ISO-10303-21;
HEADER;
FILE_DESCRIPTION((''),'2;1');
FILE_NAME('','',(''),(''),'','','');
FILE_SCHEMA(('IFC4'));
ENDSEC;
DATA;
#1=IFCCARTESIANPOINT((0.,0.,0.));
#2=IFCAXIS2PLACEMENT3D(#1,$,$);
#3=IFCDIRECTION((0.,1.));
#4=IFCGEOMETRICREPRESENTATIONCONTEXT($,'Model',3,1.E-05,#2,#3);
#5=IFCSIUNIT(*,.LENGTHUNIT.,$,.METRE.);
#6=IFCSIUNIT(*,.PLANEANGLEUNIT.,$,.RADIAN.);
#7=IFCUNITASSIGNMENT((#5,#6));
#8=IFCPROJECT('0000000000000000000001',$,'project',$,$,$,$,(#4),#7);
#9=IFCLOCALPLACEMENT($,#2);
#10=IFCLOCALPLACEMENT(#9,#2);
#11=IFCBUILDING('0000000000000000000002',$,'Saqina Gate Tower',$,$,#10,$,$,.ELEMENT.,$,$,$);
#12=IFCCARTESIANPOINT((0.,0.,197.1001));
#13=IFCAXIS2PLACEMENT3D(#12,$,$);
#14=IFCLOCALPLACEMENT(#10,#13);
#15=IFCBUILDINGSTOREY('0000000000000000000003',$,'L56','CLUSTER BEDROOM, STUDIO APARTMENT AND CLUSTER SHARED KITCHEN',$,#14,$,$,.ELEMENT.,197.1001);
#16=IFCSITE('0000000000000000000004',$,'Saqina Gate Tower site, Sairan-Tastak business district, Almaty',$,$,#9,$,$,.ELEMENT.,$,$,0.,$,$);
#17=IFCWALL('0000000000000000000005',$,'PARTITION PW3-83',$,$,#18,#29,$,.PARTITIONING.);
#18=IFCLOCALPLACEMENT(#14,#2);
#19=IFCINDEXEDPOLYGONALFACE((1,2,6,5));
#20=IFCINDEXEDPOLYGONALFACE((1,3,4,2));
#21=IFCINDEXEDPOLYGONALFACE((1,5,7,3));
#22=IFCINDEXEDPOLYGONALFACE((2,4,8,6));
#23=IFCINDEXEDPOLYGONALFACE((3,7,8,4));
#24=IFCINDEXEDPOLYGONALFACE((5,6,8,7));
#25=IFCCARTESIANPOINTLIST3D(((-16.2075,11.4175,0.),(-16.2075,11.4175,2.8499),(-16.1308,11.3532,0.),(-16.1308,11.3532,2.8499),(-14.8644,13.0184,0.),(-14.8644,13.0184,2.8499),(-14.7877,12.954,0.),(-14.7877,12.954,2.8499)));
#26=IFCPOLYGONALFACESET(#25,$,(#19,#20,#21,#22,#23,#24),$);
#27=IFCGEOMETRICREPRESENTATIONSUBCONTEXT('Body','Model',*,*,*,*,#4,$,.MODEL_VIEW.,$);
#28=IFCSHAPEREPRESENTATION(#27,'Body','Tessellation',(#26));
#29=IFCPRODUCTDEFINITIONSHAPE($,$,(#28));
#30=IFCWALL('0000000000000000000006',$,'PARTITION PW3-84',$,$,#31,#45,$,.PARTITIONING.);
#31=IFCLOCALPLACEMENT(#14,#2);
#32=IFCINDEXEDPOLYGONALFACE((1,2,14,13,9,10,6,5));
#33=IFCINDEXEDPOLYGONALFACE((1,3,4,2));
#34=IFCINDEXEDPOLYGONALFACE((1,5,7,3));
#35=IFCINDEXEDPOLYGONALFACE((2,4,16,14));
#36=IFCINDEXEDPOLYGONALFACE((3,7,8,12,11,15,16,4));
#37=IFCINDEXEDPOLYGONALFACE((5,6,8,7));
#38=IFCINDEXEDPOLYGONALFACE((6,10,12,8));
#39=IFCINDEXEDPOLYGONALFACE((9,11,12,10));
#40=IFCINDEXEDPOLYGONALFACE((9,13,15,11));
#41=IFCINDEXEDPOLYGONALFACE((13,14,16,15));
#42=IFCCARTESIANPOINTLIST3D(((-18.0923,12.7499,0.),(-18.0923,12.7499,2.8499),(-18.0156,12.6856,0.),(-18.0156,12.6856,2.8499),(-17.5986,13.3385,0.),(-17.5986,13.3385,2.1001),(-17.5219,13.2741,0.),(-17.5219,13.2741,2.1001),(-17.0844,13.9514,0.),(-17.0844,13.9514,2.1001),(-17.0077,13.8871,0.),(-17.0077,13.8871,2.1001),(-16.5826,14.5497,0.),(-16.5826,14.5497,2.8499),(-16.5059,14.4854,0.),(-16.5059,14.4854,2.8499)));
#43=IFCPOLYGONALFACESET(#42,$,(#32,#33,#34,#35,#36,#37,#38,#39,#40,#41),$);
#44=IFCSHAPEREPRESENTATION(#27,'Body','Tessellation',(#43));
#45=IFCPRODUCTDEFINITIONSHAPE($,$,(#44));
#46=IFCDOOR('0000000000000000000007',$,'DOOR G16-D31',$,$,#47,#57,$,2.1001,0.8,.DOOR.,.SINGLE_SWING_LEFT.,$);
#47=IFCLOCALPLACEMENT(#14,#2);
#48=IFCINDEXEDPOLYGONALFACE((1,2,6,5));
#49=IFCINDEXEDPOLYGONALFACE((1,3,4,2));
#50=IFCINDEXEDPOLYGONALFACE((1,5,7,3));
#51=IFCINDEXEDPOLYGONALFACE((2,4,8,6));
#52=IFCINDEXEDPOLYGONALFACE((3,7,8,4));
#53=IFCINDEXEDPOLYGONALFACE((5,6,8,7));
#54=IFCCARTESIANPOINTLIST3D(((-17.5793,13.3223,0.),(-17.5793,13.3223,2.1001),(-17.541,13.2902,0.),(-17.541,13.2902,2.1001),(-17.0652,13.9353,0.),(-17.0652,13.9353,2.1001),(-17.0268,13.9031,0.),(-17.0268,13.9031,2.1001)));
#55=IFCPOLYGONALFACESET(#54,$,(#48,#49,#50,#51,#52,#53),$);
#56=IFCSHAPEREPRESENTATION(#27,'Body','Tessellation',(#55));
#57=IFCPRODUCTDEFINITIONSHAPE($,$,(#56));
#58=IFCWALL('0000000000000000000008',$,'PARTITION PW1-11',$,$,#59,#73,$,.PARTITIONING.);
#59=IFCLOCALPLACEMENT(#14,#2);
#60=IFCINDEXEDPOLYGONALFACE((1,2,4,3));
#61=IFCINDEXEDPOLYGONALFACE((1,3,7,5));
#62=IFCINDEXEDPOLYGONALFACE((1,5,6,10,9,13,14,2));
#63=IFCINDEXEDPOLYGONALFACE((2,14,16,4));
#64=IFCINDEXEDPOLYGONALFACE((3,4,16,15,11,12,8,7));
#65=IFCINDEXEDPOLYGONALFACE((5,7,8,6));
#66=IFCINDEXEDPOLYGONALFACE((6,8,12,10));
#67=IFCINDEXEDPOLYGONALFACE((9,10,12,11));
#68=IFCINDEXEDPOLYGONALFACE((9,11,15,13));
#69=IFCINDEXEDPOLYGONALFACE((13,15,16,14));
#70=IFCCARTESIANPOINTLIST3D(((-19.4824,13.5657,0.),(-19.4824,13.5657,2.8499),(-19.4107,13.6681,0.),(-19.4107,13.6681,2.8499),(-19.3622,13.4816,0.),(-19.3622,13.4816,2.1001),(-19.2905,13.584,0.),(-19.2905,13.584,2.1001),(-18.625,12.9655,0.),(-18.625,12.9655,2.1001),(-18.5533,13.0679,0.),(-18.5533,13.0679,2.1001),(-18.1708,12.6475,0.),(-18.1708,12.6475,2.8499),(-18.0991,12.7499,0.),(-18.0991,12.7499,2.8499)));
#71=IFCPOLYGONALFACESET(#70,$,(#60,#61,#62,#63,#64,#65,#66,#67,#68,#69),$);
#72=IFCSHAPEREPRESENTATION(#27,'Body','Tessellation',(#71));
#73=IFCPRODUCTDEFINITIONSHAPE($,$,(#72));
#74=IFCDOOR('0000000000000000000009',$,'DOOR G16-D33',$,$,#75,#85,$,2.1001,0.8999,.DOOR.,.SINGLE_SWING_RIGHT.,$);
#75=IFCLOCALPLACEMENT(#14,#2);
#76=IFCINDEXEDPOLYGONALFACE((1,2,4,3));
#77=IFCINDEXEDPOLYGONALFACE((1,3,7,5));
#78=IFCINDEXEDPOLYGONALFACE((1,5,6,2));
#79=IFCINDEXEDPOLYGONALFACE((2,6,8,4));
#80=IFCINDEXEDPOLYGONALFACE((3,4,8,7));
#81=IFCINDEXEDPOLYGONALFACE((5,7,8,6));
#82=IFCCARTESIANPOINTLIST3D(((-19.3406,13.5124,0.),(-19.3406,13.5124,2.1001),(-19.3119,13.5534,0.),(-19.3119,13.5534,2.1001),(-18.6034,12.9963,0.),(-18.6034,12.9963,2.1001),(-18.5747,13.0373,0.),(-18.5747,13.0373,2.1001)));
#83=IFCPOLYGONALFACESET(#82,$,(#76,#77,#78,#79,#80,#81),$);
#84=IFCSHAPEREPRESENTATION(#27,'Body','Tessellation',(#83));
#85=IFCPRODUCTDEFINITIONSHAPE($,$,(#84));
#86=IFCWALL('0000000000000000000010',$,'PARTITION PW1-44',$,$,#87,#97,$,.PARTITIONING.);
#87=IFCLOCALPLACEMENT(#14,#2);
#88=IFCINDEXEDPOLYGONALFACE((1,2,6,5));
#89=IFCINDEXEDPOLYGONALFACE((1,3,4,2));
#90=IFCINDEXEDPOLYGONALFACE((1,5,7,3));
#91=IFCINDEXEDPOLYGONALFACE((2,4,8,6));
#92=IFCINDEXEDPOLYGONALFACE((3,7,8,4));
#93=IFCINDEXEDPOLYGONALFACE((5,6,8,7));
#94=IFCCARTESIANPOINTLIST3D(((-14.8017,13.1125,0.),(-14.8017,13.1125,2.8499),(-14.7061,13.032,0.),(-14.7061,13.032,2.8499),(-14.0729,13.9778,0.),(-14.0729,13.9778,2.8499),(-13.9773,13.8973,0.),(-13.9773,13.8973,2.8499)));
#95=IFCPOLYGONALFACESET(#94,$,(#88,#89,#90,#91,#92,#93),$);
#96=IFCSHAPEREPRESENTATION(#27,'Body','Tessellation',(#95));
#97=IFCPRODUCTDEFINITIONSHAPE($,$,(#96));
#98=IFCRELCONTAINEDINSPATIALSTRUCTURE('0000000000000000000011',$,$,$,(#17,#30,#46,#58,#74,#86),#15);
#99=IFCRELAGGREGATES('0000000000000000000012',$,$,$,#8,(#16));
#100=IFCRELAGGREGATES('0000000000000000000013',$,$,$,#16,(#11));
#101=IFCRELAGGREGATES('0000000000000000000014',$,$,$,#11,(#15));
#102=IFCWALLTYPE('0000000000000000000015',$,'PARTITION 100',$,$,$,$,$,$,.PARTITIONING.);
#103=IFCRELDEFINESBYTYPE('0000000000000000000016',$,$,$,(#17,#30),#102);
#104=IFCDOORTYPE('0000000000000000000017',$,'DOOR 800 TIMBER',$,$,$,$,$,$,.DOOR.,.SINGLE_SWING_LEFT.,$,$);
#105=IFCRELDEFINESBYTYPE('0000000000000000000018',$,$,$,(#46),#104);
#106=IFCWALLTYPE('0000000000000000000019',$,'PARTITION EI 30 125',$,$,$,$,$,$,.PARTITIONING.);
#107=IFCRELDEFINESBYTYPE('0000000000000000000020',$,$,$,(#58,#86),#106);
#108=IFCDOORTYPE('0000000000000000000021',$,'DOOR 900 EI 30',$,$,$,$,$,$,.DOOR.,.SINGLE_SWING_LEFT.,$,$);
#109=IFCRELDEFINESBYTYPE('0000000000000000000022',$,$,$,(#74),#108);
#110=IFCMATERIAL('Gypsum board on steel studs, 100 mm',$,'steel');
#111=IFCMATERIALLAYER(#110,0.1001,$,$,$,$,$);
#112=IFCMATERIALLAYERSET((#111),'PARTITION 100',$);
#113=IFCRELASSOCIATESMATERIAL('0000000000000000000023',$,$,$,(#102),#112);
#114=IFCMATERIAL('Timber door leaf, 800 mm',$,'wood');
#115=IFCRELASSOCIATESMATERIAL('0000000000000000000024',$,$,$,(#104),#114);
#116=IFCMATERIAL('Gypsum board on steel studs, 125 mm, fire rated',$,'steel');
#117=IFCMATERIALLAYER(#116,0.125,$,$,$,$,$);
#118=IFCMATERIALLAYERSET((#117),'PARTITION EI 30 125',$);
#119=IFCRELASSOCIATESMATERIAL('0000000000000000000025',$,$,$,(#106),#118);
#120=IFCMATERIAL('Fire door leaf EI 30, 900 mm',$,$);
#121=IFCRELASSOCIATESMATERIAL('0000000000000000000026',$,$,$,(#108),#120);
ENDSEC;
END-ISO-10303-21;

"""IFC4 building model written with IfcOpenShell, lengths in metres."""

from ifc_helpers import new_model, si_unit, direction, frame, frame_2d, origin, place, context, subcontext, project, spatial, rectangle, extrude, material, layer, layer_set, type_object, element, fill, save


model = new_model("IFC4")

# Units and contexts
model_context = context("Model", 3, precision=1e-05, world=origin(), true_north=direction((0.0, 1.0)))
body_context = subcontext(model_context, "Body", "Model", "MODEL_VIEW")
ifc_project = project(units=[si_unit("LENGTHUNIT", "METRE"), si_unit("PLANEANGLEUNIT", "RADIAN")], contexts=[model_context])

# Site, building, storey
site_placement = place(None, origin())
site = spatial("IfcSite", under=ifc_project, at=site_placement, Name="Saqina Gate Tower site, Sairan-Tastak business district, Almaty", CompositionType="ELEMENT", RefElevation=0.0)
building_placement = place(site_placement, origin())
building = spatial("IfcBuilding", under=site, at=building_placement, Name="Saqina Gate Tower", CompositionType="ELEMENT")
storey_placement = place(building_placement, frame((0.0, 0.0, 197.1001)))
storey = spatial("IfcBuildingStorey", under=building, at=storey_placement, Name="L56", Description="CLUSTER BEDROOM, STUDIO APARTMENT AND CLUSTER SHARED KITCHEN", CompositionType="ELEMENT", Elevation=197.1001)

# Shared definitions
ifc_material_1 = material(Name="Gypsum board on steel studs, 100 mm", Category="steel")
ifc_layer_1 = layer(ifc_material_1, 0.1001)
ifc_layer_set_1 = layer_set([ifc_layer_1], Name="PARTITION 100")
wall_type_1 = type_object("IfcWallType", Name="PARTITION 100", PredefinedType="PARTITIONING", material=ifc_layer_set_1)

# Wall
wall_1_placement = place(storey_placement, frame((-16.1692, 11.3853, 0.0), z_axis=(0.0, 0.0, 1.0), x_axis=(0.642721, 0.766101, 0.0)))
element("IfcWall", 1, at=wall_1_placement, inside=storey, type_object=wall_type_1, Name="PARTITION PW3-83", PredefinedType="PARTITIONING", context=body_context, shape_type="SweptSolid", body=[
    extrude(rectangle(XDim=2.0896, YDim=0.1001, at=frame_2d((1.0449, 0.0))), origin(), (0.0, 0.0, 1.0), 2.8499),
])

# Walls, openings, doors
wall_2_placement = place(storey_placement, frame((-18.054, 12.7178, 0.0), z_axis=(0.0, 0.0, 1.0), x_axis=(0.642675, 0.766139, 0.0)))
wall_2 = element("IfcWall", 2, at=wall_2_placement, inside=storey, type_object=wall_type_1, Name="PARTITION PW3-84", PredefinedType="PARTITIONING", context=body_context, shape_type="SweptSolid", body=[
    extrude(rectangle(XDim=2.3491, YDim=0.1001, at=frame_2d((1.1746, 0.0))), origin(), (0.0, 0.0, 1.0), 2.8499),
])
opening_1_placement = place(wall_2_placement, frame((0.7683, 0.0, 0.0)))
opening_1 = element("IfcOpeningElement", 3, at=opening_1_placement, cuts=wall_2, PredefinedType="OPENING", context=body_context, shape_type="SweptSolid", body=[
    extrude(rectangle(XDim=0.8, YDim=2.1001, at=frame_2d((0.3999, 1.05))), frame((0.0, 0.062, 0.0), z_axis=(0.0, -1.0, 0.0), x_axis=(1.0, 0.0, 0.0)), (0.0, 0.0, 1.0), 0.124),
])
ifc_material_2 = material(Name="Timber door leaf, 800 mm", Category="wood")
door_type_1 = type_object("IfcDoorType", Name="DOOR 800 TIMBER", OperationType="SINGLE_SWING_LEFT", PredefinedType="DOOR", material=ifc_material_2)
door_1_placement = place(opening_1_placement, origin())
door_1 = element("IfcDoor", 4, at=door_1_placement, inside=storey, type_object=door_type_1, Name="DOOR G16-D31", OperationType="SINGLE_SWING_LEFT", OverallHeight=2.1001, OverallWidth=0.8, PredefinedType="DOOR", context=body_context, shape_type="SweptSolid", body=[
    extrude(rectangle(XDim=0.8, YDim=2.1001, at=frame_2d((0.3999, 1.05))), frame((0.0, 0.0249, 0.0), z_axis=(0.0, -1.0, 0.0), x_axis=(1.0, 0.0, 0.0)), (0.0, 0.0, 1.0), 0.05),
])
fill(opening_1, door_1)
ifc_material_3 = material(Name="Gypsum board on steel studs, 125 mm, fire rated", Category="steel")
ifc_layer_2 = layer(ifc_material_3, 0.125)
ifc_layer_set_2 = layer_set([ifc_layer_2], Name="PARTITION EI 30 125")
wall_type_2 = type_object("IfcWallType", Name="PARTITION EI 30 125", PredefinedType="PARTITIONING", material=ifc_layer_set_2)
wall_3_placement = place(storey_placement, frame((-19.4465, 13.6169, 0.0), z_axis=(0.0, 0.0, 1.0), x_axis=(0.819189, -0.573524, 0.0)))
wall_3 = element("IfcWall", 5, at=wall_3_placement, inside=storey, type_object=wall_type_2, Name="PARTITION PW1-11", PredefinedType="PARTITIONING", context=body_context, shape_type="SweptSolid", body=[
    extrude(rectangle(XDim=1.6011, YDim=0.125, at=frame_2d((0.8005, 0.0))), origin(), (0.0, 0.0, 1.0), 2.8499),
])
opening_2_placement = place(wall_3_placement, frame((0.1467, 0.0, 0.0)))
opening_2 = element("IfcOpeningElement", 6, at=opening_2_placement, cuts=wall_3, PredefinedType="OPENING", context=body_context, shape_type="SweptSolid", body=[
    extrude(rectangle(XDim=0.8999, YDim=2.1001, at=frame_2d((0.45, 1.05))), frame((0.0, 0.0745, 0.0), z_axis=(0.0, -1.0, 0.0), x_axis=(1.0, 0.0, 0.0)), (0.0, 0.0, 1.0), 0.1489),
])
ifc_material_4 = material(Name="Fire door leaf EI 30, 900 mm")
door_type_2 = type_object("IfcDoorType", Name="DOOR 900 EI 30", OperationType="SINGLE_SWING_LEFT", PredefinedType="DOOR", material=ifc_material_4)
door_2_placement = place(opening_2_placement, frame((0.8999, 0.0, 0.0), z_axis=(0.0, 0.0, 1.0), x_axis=(-1.0, 0.0, 0.0)))
door_2 = element("IfcDoor", 7, at=door_2_placement, inside=storey, type_object=door_type_2, Name="DOOR G16-D33", OperationType="SINGLE_SWING_RIGHT", OverallHeight=2.1001, OverallWidth=0.8999, PredefinedType="DOOR", context=body_context, shape_type="SweptSolid", body=[
    extrude(rectangle(XDim=0.8999, YDim=2.1001, at=frame_2d((0.45, 1.05))), frame((0.0, 0.0249, 0.0), z_axis=(0.0, -1.0, 0.0), x_axis=(1.0, 0.0, 0.0)), (0.0, 0.0, 1.0), 0.05),
])
fill(opening_2, door_2)

# Wall
wall_4_placement = place(storey_placement, frame((-14.7539, 13.0723, 0.0), z_axis=(0.0, 0.0, 1.0), x_axis=(0.644209, 0.76485, 0.0)))
element("IfcWall", 8, at=wall_4_placement, inside=storey, type_object=wall_type_2, Name="PARTITION PW1-44", PredefinedType="PARTITIONING", context=body_context, shape_type="SweptSolid", body=[
    extrude(rectangle(XDim=1.1313, YDim=0.125, at=frame_2d((0.5657, 0.0))), origin(), (0.0, 0.0, 1.0), 2.8499),
])

save(model, "model.ifc")
